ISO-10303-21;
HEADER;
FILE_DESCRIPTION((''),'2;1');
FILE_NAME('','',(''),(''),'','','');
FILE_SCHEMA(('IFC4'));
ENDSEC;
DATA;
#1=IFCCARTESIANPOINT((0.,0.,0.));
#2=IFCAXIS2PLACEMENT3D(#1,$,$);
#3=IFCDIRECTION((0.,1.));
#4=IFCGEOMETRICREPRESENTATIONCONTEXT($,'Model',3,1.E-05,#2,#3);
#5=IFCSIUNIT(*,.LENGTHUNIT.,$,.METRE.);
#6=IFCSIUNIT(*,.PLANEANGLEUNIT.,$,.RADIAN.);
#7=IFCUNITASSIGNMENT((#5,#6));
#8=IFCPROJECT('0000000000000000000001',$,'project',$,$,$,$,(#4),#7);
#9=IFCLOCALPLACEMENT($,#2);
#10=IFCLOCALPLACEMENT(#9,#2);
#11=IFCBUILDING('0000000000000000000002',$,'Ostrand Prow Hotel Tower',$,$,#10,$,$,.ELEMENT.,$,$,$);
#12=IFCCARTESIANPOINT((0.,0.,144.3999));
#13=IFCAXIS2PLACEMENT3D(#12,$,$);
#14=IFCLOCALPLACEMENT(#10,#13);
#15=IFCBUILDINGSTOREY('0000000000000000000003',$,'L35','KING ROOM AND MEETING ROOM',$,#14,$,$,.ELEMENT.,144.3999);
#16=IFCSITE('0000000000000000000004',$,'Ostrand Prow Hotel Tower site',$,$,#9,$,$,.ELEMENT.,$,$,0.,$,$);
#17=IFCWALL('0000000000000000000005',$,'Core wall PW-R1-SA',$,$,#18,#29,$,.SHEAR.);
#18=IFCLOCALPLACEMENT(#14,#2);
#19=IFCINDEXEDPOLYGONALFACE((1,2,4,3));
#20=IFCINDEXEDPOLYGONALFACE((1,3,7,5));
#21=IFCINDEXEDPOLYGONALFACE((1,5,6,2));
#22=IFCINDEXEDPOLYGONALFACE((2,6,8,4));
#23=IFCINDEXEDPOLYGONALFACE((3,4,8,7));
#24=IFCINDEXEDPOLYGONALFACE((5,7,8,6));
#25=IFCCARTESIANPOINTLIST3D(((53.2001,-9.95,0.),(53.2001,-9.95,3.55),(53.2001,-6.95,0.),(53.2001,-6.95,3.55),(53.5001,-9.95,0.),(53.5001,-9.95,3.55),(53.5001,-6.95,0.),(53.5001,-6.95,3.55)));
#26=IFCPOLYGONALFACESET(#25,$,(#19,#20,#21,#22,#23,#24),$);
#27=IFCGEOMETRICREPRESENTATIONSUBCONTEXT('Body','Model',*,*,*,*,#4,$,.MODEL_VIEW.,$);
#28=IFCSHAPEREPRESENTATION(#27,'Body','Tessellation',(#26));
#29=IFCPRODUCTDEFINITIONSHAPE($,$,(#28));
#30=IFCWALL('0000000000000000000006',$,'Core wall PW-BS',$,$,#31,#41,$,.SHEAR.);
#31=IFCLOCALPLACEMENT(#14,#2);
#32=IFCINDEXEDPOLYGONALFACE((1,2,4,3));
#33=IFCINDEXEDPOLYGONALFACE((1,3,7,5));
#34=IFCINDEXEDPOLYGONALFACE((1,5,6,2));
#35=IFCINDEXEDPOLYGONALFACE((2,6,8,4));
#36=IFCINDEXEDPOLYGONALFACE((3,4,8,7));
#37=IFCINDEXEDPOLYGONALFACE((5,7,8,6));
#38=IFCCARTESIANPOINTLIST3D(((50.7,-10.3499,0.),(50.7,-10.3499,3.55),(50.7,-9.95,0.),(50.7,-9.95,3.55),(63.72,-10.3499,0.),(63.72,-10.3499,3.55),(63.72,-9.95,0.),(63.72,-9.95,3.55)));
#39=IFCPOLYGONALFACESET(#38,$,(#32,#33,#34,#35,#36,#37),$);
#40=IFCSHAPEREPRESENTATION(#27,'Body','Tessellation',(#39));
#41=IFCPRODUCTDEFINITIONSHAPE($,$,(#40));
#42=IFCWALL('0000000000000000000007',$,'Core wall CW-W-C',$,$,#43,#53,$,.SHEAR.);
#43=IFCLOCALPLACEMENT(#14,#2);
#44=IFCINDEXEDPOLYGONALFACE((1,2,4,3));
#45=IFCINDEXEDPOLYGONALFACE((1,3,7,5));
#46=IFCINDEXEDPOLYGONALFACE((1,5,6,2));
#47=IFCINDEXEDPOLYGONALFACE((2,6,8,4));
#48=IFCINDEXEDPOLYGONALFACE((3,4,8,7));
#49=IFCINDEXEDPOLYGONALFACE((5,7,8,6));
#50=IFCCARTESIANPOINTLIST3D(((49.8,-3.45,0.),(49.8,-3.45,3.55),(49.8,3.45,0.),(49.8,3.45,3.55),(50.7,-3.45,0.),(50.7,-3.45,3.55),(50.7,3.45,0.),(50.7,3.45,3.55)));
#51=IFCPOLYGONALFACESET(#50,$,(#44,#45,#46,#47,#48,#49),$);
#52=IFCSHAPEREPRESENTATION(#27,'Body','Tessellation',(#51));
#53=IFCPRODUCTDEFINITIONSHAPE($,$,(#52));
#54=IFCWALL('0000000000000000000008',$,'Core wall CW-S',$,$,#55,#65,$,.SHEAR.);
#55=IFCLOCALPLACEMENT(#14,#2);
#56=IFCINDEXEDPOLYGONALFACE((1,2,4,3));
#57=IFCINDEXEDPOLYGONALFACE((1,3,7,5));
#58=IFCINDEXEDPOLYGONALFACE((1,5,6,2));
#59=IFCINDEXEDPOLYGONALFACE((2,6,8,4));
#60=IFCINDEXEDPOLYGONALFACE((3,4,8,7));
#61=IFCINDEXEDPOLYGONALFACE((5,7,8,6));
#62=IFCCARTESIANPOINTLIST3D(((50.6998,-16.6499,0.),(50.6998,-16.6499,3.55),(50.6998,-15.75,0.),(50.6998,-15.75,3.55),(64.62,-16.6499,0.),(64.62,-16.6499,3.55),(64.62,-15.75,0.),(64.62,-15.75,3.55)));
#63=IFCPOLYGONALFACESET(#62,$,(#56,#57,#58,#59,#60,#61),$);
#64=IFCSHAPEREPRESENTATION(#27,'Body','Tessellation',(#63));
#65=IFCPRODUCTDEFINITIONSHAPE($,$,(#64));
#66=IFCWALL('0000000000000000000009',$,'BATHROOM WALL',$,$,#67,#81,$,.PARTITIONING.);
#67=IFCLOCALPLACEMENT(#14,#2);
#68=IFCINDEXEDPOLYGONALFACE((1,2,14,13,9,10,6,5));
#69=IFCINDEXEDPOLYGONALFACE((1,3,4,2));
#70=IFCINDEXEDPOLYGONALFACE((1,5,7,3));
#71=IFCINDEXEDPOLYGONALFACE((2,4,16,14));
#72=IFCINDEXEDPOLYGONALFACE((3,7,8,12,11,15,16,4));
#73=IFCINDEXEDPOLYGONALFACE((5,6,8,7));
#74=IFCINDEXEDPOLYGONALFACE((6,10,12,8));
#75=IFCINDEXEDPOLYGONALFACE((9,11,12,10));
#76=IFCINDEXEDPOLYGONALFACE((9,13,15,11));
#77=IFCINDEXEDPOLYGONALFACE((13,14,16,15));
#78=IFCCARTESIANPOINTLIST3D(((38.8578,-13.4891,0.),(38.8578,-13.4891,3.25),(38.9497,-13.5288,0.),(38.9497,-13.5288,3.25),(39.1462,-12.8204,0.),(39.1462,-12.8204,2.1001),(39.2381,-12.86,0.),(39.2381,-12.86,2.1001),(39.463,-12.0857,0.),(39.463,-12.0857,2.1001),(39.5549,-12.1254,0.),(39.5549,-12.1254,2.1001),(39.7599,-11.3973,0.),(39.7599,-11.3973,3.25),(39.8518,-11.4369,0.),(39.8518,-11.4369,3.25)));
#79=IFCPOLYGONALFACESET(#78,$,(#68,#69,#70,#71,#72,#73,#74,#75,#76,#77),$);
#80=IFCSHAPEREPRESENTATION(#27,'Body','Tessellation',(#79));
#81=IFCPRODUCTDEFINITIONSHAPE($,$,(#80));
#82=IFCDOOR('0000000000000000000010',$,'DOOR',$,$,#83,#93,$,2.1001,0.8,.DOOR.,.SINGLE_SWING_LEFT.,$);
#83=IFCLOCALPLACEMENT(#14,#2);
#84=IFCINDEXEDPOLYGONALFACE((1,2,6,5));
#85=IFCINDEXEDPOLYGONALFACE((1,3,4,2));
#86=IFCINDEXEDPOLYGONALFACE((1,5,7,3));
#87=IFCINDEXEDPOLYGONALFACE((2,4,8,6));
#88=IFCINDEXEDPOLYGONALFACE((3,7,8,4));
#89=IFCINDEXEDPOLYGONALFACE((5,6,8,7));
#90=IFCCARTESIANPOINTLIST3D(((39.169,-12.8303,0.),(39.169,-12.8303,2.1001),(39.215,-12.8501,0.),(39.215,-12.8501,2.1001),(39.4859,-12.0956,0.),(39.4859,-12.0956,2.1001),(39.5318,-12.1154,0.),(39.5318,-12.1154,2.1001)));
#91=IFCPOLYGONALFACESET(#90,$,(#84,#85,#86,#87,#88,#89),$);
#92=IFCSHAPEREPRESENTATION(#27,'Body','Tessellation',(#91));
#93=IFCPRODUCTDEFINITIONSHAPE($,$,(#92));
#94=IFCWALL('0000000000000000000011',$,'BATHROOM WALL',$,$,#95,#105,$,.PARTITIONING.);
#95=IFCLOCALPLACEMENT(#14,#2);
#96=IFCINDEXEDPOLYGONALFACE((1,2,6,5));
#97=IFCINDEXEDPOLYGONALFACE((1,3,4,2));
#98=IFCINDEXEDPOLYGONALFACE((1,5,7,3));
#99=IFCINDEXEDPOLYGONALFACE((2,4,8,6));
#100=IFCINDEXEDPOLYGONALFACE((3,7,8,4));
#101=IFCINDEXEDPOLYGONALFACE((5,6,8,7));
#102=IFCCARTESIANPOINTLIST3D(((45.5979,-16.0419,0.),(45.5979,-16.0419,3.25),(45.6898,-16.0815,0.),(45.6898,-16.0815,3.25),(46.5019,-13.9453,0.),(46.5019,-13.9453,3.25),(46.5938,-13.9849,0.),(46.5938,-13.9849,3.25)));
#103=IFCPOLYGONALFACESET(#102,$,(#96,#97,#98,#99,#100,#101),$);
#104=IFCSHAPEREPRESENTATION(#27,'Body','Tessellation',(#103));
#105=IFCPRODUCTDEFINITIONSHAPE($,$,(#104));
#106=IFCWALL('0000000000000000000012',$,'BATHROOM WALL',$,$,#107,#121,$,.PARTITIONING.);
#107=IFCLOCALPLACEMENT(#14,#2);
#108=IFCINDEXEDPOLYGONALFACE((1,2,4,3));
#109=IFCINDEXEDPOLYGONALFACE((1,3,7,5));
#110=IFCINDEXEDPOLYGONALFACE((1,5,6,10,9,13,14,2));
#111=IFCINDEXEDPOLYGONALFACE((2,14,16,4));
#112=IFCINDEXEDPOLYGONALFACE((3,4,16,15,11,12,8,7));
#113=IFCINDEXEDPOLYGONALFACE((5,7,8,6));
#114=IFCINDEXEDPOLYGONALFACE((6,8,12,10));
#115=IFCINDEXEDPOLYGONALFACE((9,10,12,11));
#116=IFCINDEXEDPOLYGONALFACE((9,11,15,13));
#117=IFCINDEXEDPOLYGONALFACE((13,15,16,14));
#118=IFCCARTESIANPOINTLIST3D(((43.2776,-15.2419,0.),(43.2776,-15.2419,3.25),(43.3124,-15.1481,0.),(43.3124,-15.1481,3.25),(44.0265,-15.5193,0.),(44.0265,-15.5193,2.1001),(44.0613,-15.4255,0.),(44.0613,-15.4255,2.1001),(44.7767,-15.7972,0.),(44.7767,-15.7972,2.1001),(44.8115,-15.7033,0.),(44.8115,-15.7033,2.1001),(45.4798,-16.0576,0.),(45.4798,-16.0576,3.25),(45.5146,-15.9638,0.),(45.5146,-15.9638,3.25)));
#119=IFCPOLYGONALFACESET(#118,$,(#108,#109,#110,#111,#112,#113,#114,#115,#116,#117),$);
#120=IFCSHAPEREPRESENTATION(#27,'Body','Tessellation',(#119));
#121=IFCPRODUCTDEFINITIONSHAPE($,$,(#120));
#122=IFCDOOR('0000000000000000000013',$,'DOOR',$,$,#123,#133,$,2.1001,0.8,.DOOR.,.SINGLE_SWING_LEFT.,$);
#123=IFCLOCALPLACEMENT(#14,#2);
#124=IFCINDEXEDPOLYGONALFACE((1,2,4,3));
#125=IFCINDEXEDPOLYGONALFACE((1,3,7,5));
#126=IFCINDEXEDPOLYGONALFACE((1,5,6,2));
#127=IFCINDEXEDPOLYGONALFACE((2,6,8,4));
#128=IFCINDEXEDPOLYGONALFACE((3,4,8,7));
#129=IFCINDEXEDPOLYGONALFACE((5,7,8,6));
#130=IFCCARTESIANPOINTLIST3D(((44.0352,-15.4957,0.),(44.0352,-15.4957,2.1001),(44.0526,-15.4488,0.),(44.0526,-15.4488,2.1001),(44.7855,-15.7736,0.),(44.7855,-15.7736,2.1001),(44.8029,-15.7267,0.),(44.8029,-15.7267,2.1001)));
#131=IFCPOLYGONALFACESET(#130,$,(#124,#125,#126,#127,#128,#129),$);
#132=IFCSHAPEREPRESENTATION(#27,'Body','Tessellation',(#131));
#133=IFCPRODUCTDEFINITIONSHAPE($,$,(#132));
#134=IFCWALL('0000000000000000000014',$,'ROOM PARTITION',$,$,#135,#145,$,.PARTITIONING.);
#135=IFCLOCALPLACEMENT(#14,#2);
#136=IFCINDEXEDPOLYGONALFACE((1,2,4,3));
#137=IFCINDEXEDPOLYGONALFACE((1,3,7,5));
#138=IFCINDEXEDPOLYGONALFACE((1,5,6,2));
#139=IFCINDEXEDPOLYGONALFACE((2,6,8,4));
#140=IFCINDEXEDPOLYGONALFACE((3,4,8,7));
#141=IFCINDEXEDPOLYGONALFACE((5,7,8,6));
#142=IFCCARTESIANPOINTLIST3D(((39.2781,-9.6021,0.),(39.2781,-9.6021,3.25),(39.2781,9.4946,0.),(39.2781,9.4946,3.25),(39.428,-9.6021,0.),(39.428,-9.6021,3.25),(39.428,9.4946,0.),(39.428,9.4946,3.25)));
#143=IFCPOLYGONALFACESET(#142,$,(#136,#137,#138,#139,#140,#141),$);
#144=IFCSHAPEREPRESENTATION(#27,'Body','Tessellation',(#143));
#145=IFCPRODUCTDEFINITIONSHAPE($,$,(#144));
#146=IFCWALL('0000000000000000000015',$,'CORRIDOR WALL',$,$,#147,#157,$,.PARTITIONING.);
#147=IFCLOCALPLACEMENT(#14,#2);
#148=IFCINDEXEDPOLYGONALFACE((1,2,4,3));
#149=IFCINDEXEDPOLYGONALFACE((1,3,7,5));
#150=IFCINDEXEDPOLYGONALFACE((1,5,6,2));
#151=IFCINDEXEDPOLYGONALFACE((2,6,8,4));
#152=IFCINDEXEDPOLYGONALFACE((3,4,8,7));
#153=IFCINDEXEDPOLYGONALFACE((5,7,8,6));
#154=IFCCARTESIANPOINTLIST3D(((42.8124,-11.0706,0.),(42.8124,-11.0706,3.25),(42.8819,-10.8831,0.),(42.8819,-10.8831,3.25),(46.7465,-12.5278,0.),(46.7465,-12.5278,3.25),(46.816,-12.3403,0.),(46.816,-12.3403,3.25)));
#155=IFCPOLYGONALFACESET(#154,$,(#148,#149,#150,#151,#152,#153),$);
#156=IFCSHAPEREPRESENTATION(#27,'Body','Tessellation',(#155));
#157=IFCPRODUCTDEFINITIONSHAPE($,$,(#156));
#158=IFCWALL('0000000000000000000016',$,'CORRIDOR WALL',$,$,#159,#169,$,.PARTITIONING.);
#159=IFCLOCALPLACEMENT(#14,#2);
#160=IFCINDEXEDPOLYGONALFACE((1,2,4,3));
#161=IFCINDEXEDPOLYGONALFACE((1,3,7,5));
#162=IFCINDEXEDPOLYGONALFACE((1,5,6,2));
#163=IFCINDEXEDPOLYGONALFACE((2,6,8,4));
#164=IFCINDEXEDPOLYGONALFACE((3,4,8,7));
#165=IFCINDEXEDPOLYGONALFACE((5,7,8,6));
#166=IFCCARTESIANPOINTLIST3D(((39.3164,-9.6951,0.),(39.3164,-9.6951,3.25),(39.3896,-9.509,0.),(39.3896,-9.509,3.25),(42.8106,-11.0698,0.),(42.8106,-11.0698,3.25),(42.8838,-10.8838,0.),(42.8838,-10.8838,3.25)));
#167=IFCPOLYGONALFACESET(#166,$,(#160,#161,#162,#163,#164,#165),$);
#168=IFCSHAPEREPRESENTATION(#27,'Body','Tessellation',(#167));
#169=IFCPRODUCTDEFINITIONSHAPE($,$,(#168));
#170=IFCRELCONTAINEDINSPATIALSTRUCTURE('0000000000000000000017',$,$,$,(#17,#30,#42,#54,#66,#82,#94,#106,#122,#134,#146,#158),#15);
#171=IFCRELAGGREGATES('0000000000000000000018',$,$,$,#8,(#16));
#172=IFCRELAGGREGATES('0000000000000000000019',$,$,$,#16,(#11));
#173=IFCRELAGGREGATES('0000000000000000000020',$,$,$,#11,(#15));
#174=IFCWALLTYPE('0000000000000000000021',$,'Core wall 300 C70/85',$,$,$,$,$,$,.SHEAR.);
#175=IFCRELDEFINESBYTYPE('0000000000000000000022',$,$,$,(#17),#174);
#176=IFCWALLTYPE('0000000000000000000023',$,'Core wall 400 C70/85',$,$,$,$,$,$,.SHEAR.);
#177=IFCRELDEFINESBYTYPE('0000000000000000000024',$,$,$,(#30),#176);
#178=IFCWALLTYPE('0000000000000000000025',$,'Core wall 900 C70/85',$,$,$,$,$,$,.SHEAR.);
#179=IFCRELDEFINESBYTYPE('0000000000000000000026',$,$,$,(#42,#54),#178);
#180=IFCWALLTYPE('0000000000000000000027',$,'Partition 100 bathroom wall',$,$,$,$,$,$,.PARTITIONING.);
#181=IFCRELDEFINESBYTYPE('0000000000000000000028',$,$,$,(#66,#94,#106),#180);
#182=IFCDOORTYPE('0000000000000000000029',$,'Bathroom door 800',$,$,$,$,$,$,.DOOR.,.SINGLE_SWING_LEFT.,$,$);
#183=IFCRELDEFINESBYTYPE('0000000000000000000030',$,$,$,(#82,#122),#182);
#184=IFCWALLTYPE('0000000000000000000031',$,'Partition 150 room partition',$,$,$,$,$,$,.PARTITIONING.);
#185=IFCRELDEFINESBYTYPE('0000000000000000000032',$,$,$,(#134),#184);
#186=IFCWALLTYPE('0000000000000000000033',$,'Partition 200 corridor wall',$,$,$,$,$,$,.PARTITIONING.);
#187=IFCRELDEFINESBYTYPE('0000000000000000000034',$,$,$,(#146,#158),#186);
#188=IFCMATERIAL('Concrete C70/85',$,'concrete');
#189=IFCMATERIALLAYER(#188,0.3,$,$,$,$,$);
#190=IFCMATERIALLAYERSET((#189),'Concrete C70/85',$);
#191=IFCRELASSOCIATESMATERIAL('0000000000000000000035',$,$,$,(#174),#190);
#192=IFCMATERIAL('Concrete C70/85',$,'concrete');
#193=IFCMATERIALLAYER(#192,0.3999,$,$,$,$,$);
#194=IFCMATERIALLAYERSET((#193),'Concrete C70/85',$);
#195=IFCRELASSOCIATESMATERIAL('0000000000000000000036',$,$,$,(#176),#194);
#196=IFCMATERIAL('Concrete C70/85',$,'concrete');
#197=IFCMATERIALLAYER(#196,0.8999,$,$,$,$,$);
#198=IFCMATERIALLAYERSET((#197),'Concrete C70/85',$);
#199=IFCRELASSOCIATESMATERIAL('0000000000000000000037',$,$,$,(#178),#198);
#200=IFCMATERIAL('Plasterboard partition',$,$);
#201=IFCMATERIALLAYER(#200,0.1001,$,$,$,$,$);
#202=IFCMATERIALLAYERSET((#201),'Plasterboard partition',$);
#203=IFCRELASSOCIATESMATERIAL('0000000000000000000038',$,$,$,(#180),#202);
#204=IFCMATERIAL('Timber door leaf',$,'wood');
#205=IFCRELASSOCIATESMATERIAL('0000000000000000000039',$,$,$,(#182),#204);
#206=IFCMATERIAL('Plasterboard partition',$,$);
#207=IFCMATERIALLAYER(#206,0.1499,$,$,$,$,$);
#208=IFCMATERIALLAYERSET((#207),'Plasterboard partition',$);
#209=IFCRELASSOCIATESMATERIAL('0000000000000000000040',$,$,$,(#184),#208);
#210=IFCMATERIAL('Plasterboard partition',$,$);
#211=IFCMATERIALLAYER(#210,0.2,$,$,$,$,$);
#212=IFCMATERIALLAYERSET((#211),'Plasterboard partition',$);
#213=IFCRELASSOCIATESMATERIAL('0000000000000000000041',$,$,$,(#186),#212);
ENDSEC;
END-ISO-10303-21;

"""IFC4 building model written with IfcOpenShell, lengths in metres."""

from ifc_helpers import new_model, si_unit, direction, frame, frame_2d, origin, place, context, subcontext, project, spatial, rectangle, extrude, material, layer, layer_set, type_object, element, fill, save


model = new_model("IFC4")

# Units and contexts
model_context = context("Model", 3, precision=1e-05, world=origin(), true_north=direction((0.0, 1.0)))
body_context = subcontext(model_context, "Body", "Model", "MODEL_VIEW")
ifc_project = project(units=[si_unit("LENGTHUNIT", "METRE"), si_unit("PLANEANGLEUNIT", "RADIAN")], contexts=[model_context])

# Site, building, storey
site_placement = place(None, origin())
site = spatial("IfcSite", under=ifc_project, at=site_placement, Name="Ostrand Prow Hotel Tower site", CompositionType="ELEMENT", RefElevation=0.0)
building_placement = place(site_placement, origin())
building = spatial("IfcBuilding", under=site, at=building_placement, Name="Ostrand Prow Hotel Tower", CompositionType="ELEMENT")
storey_placement = place(building_placement, frame((0.0, 0.0, 144.3999)))
storey = spatial("IfcBuildingStorey", under=building, at=storey_placement, Name="L35", Description="KING ROOM AND MEETING ROOM", CompositionType="ELEMENT", Elevation=144.3999)

# Shared definitions
ifc_material_1 = material(Name="Concrete C70/85", Category="concrete")
ifc_layer_1 = layer(ifc_material_1, 0.3)
ifc_layer_set_1 = layer_set([ifc_layer_1], Name="Concrete C70/85")
wall_type_1 = type_object("IfcWallType", Name="Core wall 300 C70/85", PredefinedType="SHEAR", material=ifc_layer_set_1)

# Walls
for number, where, z_axis, x_axis, name in (
    (1, (53.3501, -9.95, 0.0), (0.0, 0.0, 1.0), (0.0, 1.0, 0.0), "Core wall PW-R1-SA"),
):
    element("IfcWall", number, at=place(storey_placement, frame(where, z_axis=z_axis, x_axis=x_axis)), inside=storey, type_object=wall_type_1, Name=name, PredefinedType="SHEAR", context=body_context, shape_type="SweptSolid", body=[
        extrude(rectangle(XDim=3.0, YDim=0.3, at=frame_2d((1.5, 0.0))), origin(), (0.0, 0.0, 1.0), 3.55),
    ])
ifc_material_2 = material(Name="Concrete C70/85", Category="concrete")
ifc_layer_2 = layer(ifc_material_2, 0.3999)
ifc_layer_set_2 = layer_set([ifc_layer_2], Name="Concrete C70/85")
wall_type_2 = type_object("IfcWallType", Name="Core wall 400 C70/85", PredefinedType="SHEAR", material=ifc_layer_set_2)
wall_1_placement = place(storey_placement, frame((50.7, -10.1499, 0.0), z_axis=(0.0, 0.0, 1.0), x_axis=(1.0, 0.0, 0.0)))
element("IfcWall", 2, at=wall_1_placement, inside=storey, type_object=wall_type_2, Name="Core wall PW-BS", PredefinedType="SHEAR", context=body_context, shape_type="SweptSolid", body=[
    extrude(rectangle(XDim=13.02, YDim=0.3999, at=frame_2d((6.51, 0.0))), origin(), (0.0, 0.0, 1.0), 3.55),
])
ifc_material_3 = material(Name="Concrete C70/85", Category="concrete")
ifc_layer_3 = layer(ifc_material_3, 0.8999)
ifc_layer_set_3 = layer_set([ifc_layer_3], Name="Concrete C70/85")
wall_type_3 = type_object("IfcWallType", Name="Core wall 900 C70/85", PredefinedType="SHEAR", material=ifc_layer_set_3)
wall_2_placement = place(storey_placement, frame((50.25, -3.45, 0.0), z_axis=(0.0, 0.0, 1.0), x_axis=(0.0, 1.0, 0.0)))
element("IfcWall", 3, at=wall_2_placement, inside=storey, type_object=wall_type_3, Name="Core wall CW-W-C", PredefinedType="SHEAR", context=body_context, shape_type="SweptSolid", body=[
    extrude(rectangle(XDim=6.8999, YDim=0.8999, at=frame_2d((3.45, 0.0))), origin(), (0.0, 0.0, 1.0), 3.55),
])
wall_3_placement = place(storey_placement, frame((50.7, -16.2, 0.0), z_axis=(0.0, 0.0, 1.0), x_axis=(1.0, 0.0, 0.0)))
element("IfcWall", 4, at=wall_3_placement, inside=storey, type_object=wall_type_3, Name="Core wall CW-S", PredefinedType="SHEAR", context=body_context, shape_type="SweptSolid", body=[
    extrude(rectangle(XDim=13.9202, YDim=0.8999, at=frame_2d((6.96, 0.0))), origin(), (0.0, 0.0, 1.0), 3.55),
])

# Wall, opening, door
ifc_material_4 = material(Name="Plasterboard partition")
ifc_layer_4 = layer(ifc_material_4, 0.1001)
ifc_layer_set_4 = layer_set([ifc_layer_4], Name="Plasterboard partition")
wall_type_4 = type_object("IfcWallType", Name="Partition 100 bathroom wall", PredefinedType="PARTITIONING", material=ifc_layer_set_4)
wall_4_placement = place(storey_placement, frame((39.8059, -11.417, 0.0), z_axis=(0.0, 0.0, 1.0), x_axis=(-0.396001, -0.91825, 0.0)))
wall_4 = element("IfcWall", 5, at=wall_4_placement, inside=storey, type_object=wall_type_4, Name="BATHROOM WALL", PredefinedType="PARTITIONING", context=body_context, shape_type="SweptSolid", body=[
    extrude(rectangle(XDim=2.2781, YDim=0.1001, at=frame_2d((1.1392, 0.0))), origin(), (0.0, 0.0, 1.0), 3.25),
])
opening_1_placement = place(wall_4_placement, frame((0.75, 0.0, 0.0)))
opening_1 = element("IfcOpeningElement", 6, at=opening_1_placement, cuts=wall_4, PredefinedType="OPENING", context=body_context, shape_type="SweptSolid", body=[
    extrude(rectangle(XDim=0.8, YDim=2.1001, at=frame_2d((0.3999, 1.05))), frame((0.0, 0.0601, 0.0), z_axis=(0.0, -1.0, 0.0), x_axis=(1.0, 0.0, 0.0)), (0.0, 0.0, 1.0), 0.1201),
])
ifc_material_5 = material(Name="Timber door leaf", Category="wood")
door_type_1 = type_object("IfcDoorType", Name="Bathroom door 800", OperationType="SINGLE_SWING_LEFT", PredefinedType="DOOR", material=ifc_material_5)
door_1_placement = place(opening_1_placement, origin())
door_1 = element("IfcDoor", 7, at=door_1_placement, inside=storey, type_object=door_type_1, Name="DOOR", OperationType="SINGLE_SWING_LEFT", OverallHeight=2.1001, OverallWidth=0.8, PredefinedType="DOOR", context=body_context, shape_type="SweptSolid", body=[
    extrude(rectangle(XDim=0.8, YDim=2.1001, at=frame_2d((0.3999, 1.05))), frame((0.0, 0.0249, 0.0), z_axis=(0.0, -1.0, 0.0), x_axis=(1.0, 0.0, 0.0)), (0.0, 0.0, 1.0), 0.05),
])
fill(opening_1, door_1)

# Wall
wall_5_placement = place(storey_placement, frame((46.5479, -13.9651, 0.0), z_axis=(0.0, 0.0, 1.0), x_axis=(-0.395944, -0.918274, 0.0)))
element("IfcWall", 8, at=wall_5_placement, inside=storey, type_object=wall_type_4, Name="BATHROOM WALL", PredefinedType="PARTITIONING", context=body_context, shape_type="SweptSolid", body=[
    extrude(rectangle(XDim=2.2832, YDim=0.1001, at=frame_2d((1.1416, 0.0))), origin(), (0.0, 0.0, 1.0), 3.25),
])

# Wall, opening, door
wall_6_placement = place(storey_placement, frame((45.4973, -16.0107, 0.0), z_axis=(0.0, 0.0, 1.0), x_axis=(-0.93774, 0.347338, 0.0)))
wall_6 = element("IfcWall", 9, at=wall_6_placement, inside=storey, type_object=wall_type_4, Name="BATHROOM WALL", PredefinedType="PARTITIONING", context=body_context, shape_type="SweptSolid", body=[
    extrude(rectangle(XDim=2.3484, YDim=0.1001, at=frame_2d((1.1743, 0.0))), origin(), (0.0, 0.0, 1.0), 3.25),
])
opening_2_placement = place(wall_6_placement, frame((0.75, 0.0, 0.0)))
opening_2 = element("IfcOpeningElement", 10, at=opening_2_placement, cuts=wall_6, PredefinedType="OPENING", context=body_context, shape_type="SweptSolid", body=[
    extrude(rectangle(XDim=0.8, YDim=2.1001, at=frame_2d((0.3999, 1.05))), frame((0.0, 0.0601, 0.0), z_axis=(0.0, -1.0, 0.0), x_axis=(1.0, 0.0, 0.0)), (0.0, 0.0, 1.0), 0.1201),
])
door_2_placement = place(opening_2_placement, origin())
door_2 = element("IfcDoor", 11, at=door_2_placement, inside=storey, type_object=door_type_1, Name="DOOR", OperationType="SINGLE_SWING_LEFT", OverallHeight=2.1001, OverallWidth=0.8, PredefinedType="DOOR", context=body_context, shape_type="SweptSolid", body=[
    extrude(rectangle(XDim=0.8, YDim=2.1001, at=frame_2d((0.3999, 1.05))), frame((0.0, 0.0249, 0.0), z_axis=(0.0, -1.0, 0.0), x_axis=(1.0, 0.0, 0.0)), (0.0, 0.0, 1.0), 0.05),
])
fill(opening_2, door_2)

# Walls
ifc_material_6 = material(Name="Plasterboard partition")
ifc_layer_5 = layer(ifc_material_6, 0.1499)
ifc_layer_set_5 = layer_set([ifc_layer_5], Name="Plasterboard partition")
wall_type_5 = type_object("IfcWallType", Name="Partition 150 room partition", PredefinedType="PARTITIONING", material=ifc_layer_set_5)
wall_7_placement = place(storey_placement, frame((39.353, -9.6021, 0.0), z_axis=(0.0, 0.0, 1.0), x_axis=(0.0, 1.0, 0.0)))
element("IfcWall", 12, at=wall_7_placement, inside=storey, type_object=wall_type_5, Name="ROOM PARTITION", PredefinedType="PARTITIONING", context=body_context, shape_type="SweptSolid", body=[
    extrude(rectangle(XDim=19.0967, YDim=0.1499, at=frame_2d((9.5483, 0.0))), origin(), (0.0, 0.0, 1.0), 3.25),
])
ifc_material_7 = material(Name="Plasterboard partition")
ifc_layer_6 = layer(ifc_material_7, 0.2)
ifc_layer_set_6 = layer_set([ifc_layer_6], Name="Plasterboard partition")
wall_type_6 = type_object("IfcWallType", Name="Partition 200 corridor wall", PredefinedType="PARTITIONING", material=ifc_layer_set_6)
wall_8_placement = place(storey_placement, frame((46.7812, -12.4341, 0.0), z_axis=(0.0, 0.0, 1.0), x_axis=(-0.937733, 0.347358, 0.0)))
element("IfcWall", 13, at=wall_8_placement, inside=storey, type_object=wall_type_6, Name="CORRIDOR WALL", PredefinedType="PARTITIONING", context=body_context, shape_type="SweptSolid", body=[
    extrude(rectangle(XDim=4.1953, YDim=0.2, at=frame_2d((2.0977, 0.0))), origin(), (0.0, 0.0, 1.0), 3.25),
])
wall_9_placement = place(storey_placement, frame((42.8472, -10.9768, 0.0), z_axis=(0.0, 0.0, 1.0), x_axis=(-0.930565, 0.366127, 0.0)))
element("IfcWall", 14, at=wall_9_placement, inside=storey, type_object=wall_type_6, Name="CORRIDOR WALL", PredefinedType="PARTITIONING", context=body_context, shape_type="SweptSolid", body=[
    extrude(rectangle(XDim=3.7549, YDim=0.2, at=frame_2d((1.8774, 0.0))), origin(), (0.0, 0.0, 1.0), 3.25),
])

save(model, "model.ifc")
